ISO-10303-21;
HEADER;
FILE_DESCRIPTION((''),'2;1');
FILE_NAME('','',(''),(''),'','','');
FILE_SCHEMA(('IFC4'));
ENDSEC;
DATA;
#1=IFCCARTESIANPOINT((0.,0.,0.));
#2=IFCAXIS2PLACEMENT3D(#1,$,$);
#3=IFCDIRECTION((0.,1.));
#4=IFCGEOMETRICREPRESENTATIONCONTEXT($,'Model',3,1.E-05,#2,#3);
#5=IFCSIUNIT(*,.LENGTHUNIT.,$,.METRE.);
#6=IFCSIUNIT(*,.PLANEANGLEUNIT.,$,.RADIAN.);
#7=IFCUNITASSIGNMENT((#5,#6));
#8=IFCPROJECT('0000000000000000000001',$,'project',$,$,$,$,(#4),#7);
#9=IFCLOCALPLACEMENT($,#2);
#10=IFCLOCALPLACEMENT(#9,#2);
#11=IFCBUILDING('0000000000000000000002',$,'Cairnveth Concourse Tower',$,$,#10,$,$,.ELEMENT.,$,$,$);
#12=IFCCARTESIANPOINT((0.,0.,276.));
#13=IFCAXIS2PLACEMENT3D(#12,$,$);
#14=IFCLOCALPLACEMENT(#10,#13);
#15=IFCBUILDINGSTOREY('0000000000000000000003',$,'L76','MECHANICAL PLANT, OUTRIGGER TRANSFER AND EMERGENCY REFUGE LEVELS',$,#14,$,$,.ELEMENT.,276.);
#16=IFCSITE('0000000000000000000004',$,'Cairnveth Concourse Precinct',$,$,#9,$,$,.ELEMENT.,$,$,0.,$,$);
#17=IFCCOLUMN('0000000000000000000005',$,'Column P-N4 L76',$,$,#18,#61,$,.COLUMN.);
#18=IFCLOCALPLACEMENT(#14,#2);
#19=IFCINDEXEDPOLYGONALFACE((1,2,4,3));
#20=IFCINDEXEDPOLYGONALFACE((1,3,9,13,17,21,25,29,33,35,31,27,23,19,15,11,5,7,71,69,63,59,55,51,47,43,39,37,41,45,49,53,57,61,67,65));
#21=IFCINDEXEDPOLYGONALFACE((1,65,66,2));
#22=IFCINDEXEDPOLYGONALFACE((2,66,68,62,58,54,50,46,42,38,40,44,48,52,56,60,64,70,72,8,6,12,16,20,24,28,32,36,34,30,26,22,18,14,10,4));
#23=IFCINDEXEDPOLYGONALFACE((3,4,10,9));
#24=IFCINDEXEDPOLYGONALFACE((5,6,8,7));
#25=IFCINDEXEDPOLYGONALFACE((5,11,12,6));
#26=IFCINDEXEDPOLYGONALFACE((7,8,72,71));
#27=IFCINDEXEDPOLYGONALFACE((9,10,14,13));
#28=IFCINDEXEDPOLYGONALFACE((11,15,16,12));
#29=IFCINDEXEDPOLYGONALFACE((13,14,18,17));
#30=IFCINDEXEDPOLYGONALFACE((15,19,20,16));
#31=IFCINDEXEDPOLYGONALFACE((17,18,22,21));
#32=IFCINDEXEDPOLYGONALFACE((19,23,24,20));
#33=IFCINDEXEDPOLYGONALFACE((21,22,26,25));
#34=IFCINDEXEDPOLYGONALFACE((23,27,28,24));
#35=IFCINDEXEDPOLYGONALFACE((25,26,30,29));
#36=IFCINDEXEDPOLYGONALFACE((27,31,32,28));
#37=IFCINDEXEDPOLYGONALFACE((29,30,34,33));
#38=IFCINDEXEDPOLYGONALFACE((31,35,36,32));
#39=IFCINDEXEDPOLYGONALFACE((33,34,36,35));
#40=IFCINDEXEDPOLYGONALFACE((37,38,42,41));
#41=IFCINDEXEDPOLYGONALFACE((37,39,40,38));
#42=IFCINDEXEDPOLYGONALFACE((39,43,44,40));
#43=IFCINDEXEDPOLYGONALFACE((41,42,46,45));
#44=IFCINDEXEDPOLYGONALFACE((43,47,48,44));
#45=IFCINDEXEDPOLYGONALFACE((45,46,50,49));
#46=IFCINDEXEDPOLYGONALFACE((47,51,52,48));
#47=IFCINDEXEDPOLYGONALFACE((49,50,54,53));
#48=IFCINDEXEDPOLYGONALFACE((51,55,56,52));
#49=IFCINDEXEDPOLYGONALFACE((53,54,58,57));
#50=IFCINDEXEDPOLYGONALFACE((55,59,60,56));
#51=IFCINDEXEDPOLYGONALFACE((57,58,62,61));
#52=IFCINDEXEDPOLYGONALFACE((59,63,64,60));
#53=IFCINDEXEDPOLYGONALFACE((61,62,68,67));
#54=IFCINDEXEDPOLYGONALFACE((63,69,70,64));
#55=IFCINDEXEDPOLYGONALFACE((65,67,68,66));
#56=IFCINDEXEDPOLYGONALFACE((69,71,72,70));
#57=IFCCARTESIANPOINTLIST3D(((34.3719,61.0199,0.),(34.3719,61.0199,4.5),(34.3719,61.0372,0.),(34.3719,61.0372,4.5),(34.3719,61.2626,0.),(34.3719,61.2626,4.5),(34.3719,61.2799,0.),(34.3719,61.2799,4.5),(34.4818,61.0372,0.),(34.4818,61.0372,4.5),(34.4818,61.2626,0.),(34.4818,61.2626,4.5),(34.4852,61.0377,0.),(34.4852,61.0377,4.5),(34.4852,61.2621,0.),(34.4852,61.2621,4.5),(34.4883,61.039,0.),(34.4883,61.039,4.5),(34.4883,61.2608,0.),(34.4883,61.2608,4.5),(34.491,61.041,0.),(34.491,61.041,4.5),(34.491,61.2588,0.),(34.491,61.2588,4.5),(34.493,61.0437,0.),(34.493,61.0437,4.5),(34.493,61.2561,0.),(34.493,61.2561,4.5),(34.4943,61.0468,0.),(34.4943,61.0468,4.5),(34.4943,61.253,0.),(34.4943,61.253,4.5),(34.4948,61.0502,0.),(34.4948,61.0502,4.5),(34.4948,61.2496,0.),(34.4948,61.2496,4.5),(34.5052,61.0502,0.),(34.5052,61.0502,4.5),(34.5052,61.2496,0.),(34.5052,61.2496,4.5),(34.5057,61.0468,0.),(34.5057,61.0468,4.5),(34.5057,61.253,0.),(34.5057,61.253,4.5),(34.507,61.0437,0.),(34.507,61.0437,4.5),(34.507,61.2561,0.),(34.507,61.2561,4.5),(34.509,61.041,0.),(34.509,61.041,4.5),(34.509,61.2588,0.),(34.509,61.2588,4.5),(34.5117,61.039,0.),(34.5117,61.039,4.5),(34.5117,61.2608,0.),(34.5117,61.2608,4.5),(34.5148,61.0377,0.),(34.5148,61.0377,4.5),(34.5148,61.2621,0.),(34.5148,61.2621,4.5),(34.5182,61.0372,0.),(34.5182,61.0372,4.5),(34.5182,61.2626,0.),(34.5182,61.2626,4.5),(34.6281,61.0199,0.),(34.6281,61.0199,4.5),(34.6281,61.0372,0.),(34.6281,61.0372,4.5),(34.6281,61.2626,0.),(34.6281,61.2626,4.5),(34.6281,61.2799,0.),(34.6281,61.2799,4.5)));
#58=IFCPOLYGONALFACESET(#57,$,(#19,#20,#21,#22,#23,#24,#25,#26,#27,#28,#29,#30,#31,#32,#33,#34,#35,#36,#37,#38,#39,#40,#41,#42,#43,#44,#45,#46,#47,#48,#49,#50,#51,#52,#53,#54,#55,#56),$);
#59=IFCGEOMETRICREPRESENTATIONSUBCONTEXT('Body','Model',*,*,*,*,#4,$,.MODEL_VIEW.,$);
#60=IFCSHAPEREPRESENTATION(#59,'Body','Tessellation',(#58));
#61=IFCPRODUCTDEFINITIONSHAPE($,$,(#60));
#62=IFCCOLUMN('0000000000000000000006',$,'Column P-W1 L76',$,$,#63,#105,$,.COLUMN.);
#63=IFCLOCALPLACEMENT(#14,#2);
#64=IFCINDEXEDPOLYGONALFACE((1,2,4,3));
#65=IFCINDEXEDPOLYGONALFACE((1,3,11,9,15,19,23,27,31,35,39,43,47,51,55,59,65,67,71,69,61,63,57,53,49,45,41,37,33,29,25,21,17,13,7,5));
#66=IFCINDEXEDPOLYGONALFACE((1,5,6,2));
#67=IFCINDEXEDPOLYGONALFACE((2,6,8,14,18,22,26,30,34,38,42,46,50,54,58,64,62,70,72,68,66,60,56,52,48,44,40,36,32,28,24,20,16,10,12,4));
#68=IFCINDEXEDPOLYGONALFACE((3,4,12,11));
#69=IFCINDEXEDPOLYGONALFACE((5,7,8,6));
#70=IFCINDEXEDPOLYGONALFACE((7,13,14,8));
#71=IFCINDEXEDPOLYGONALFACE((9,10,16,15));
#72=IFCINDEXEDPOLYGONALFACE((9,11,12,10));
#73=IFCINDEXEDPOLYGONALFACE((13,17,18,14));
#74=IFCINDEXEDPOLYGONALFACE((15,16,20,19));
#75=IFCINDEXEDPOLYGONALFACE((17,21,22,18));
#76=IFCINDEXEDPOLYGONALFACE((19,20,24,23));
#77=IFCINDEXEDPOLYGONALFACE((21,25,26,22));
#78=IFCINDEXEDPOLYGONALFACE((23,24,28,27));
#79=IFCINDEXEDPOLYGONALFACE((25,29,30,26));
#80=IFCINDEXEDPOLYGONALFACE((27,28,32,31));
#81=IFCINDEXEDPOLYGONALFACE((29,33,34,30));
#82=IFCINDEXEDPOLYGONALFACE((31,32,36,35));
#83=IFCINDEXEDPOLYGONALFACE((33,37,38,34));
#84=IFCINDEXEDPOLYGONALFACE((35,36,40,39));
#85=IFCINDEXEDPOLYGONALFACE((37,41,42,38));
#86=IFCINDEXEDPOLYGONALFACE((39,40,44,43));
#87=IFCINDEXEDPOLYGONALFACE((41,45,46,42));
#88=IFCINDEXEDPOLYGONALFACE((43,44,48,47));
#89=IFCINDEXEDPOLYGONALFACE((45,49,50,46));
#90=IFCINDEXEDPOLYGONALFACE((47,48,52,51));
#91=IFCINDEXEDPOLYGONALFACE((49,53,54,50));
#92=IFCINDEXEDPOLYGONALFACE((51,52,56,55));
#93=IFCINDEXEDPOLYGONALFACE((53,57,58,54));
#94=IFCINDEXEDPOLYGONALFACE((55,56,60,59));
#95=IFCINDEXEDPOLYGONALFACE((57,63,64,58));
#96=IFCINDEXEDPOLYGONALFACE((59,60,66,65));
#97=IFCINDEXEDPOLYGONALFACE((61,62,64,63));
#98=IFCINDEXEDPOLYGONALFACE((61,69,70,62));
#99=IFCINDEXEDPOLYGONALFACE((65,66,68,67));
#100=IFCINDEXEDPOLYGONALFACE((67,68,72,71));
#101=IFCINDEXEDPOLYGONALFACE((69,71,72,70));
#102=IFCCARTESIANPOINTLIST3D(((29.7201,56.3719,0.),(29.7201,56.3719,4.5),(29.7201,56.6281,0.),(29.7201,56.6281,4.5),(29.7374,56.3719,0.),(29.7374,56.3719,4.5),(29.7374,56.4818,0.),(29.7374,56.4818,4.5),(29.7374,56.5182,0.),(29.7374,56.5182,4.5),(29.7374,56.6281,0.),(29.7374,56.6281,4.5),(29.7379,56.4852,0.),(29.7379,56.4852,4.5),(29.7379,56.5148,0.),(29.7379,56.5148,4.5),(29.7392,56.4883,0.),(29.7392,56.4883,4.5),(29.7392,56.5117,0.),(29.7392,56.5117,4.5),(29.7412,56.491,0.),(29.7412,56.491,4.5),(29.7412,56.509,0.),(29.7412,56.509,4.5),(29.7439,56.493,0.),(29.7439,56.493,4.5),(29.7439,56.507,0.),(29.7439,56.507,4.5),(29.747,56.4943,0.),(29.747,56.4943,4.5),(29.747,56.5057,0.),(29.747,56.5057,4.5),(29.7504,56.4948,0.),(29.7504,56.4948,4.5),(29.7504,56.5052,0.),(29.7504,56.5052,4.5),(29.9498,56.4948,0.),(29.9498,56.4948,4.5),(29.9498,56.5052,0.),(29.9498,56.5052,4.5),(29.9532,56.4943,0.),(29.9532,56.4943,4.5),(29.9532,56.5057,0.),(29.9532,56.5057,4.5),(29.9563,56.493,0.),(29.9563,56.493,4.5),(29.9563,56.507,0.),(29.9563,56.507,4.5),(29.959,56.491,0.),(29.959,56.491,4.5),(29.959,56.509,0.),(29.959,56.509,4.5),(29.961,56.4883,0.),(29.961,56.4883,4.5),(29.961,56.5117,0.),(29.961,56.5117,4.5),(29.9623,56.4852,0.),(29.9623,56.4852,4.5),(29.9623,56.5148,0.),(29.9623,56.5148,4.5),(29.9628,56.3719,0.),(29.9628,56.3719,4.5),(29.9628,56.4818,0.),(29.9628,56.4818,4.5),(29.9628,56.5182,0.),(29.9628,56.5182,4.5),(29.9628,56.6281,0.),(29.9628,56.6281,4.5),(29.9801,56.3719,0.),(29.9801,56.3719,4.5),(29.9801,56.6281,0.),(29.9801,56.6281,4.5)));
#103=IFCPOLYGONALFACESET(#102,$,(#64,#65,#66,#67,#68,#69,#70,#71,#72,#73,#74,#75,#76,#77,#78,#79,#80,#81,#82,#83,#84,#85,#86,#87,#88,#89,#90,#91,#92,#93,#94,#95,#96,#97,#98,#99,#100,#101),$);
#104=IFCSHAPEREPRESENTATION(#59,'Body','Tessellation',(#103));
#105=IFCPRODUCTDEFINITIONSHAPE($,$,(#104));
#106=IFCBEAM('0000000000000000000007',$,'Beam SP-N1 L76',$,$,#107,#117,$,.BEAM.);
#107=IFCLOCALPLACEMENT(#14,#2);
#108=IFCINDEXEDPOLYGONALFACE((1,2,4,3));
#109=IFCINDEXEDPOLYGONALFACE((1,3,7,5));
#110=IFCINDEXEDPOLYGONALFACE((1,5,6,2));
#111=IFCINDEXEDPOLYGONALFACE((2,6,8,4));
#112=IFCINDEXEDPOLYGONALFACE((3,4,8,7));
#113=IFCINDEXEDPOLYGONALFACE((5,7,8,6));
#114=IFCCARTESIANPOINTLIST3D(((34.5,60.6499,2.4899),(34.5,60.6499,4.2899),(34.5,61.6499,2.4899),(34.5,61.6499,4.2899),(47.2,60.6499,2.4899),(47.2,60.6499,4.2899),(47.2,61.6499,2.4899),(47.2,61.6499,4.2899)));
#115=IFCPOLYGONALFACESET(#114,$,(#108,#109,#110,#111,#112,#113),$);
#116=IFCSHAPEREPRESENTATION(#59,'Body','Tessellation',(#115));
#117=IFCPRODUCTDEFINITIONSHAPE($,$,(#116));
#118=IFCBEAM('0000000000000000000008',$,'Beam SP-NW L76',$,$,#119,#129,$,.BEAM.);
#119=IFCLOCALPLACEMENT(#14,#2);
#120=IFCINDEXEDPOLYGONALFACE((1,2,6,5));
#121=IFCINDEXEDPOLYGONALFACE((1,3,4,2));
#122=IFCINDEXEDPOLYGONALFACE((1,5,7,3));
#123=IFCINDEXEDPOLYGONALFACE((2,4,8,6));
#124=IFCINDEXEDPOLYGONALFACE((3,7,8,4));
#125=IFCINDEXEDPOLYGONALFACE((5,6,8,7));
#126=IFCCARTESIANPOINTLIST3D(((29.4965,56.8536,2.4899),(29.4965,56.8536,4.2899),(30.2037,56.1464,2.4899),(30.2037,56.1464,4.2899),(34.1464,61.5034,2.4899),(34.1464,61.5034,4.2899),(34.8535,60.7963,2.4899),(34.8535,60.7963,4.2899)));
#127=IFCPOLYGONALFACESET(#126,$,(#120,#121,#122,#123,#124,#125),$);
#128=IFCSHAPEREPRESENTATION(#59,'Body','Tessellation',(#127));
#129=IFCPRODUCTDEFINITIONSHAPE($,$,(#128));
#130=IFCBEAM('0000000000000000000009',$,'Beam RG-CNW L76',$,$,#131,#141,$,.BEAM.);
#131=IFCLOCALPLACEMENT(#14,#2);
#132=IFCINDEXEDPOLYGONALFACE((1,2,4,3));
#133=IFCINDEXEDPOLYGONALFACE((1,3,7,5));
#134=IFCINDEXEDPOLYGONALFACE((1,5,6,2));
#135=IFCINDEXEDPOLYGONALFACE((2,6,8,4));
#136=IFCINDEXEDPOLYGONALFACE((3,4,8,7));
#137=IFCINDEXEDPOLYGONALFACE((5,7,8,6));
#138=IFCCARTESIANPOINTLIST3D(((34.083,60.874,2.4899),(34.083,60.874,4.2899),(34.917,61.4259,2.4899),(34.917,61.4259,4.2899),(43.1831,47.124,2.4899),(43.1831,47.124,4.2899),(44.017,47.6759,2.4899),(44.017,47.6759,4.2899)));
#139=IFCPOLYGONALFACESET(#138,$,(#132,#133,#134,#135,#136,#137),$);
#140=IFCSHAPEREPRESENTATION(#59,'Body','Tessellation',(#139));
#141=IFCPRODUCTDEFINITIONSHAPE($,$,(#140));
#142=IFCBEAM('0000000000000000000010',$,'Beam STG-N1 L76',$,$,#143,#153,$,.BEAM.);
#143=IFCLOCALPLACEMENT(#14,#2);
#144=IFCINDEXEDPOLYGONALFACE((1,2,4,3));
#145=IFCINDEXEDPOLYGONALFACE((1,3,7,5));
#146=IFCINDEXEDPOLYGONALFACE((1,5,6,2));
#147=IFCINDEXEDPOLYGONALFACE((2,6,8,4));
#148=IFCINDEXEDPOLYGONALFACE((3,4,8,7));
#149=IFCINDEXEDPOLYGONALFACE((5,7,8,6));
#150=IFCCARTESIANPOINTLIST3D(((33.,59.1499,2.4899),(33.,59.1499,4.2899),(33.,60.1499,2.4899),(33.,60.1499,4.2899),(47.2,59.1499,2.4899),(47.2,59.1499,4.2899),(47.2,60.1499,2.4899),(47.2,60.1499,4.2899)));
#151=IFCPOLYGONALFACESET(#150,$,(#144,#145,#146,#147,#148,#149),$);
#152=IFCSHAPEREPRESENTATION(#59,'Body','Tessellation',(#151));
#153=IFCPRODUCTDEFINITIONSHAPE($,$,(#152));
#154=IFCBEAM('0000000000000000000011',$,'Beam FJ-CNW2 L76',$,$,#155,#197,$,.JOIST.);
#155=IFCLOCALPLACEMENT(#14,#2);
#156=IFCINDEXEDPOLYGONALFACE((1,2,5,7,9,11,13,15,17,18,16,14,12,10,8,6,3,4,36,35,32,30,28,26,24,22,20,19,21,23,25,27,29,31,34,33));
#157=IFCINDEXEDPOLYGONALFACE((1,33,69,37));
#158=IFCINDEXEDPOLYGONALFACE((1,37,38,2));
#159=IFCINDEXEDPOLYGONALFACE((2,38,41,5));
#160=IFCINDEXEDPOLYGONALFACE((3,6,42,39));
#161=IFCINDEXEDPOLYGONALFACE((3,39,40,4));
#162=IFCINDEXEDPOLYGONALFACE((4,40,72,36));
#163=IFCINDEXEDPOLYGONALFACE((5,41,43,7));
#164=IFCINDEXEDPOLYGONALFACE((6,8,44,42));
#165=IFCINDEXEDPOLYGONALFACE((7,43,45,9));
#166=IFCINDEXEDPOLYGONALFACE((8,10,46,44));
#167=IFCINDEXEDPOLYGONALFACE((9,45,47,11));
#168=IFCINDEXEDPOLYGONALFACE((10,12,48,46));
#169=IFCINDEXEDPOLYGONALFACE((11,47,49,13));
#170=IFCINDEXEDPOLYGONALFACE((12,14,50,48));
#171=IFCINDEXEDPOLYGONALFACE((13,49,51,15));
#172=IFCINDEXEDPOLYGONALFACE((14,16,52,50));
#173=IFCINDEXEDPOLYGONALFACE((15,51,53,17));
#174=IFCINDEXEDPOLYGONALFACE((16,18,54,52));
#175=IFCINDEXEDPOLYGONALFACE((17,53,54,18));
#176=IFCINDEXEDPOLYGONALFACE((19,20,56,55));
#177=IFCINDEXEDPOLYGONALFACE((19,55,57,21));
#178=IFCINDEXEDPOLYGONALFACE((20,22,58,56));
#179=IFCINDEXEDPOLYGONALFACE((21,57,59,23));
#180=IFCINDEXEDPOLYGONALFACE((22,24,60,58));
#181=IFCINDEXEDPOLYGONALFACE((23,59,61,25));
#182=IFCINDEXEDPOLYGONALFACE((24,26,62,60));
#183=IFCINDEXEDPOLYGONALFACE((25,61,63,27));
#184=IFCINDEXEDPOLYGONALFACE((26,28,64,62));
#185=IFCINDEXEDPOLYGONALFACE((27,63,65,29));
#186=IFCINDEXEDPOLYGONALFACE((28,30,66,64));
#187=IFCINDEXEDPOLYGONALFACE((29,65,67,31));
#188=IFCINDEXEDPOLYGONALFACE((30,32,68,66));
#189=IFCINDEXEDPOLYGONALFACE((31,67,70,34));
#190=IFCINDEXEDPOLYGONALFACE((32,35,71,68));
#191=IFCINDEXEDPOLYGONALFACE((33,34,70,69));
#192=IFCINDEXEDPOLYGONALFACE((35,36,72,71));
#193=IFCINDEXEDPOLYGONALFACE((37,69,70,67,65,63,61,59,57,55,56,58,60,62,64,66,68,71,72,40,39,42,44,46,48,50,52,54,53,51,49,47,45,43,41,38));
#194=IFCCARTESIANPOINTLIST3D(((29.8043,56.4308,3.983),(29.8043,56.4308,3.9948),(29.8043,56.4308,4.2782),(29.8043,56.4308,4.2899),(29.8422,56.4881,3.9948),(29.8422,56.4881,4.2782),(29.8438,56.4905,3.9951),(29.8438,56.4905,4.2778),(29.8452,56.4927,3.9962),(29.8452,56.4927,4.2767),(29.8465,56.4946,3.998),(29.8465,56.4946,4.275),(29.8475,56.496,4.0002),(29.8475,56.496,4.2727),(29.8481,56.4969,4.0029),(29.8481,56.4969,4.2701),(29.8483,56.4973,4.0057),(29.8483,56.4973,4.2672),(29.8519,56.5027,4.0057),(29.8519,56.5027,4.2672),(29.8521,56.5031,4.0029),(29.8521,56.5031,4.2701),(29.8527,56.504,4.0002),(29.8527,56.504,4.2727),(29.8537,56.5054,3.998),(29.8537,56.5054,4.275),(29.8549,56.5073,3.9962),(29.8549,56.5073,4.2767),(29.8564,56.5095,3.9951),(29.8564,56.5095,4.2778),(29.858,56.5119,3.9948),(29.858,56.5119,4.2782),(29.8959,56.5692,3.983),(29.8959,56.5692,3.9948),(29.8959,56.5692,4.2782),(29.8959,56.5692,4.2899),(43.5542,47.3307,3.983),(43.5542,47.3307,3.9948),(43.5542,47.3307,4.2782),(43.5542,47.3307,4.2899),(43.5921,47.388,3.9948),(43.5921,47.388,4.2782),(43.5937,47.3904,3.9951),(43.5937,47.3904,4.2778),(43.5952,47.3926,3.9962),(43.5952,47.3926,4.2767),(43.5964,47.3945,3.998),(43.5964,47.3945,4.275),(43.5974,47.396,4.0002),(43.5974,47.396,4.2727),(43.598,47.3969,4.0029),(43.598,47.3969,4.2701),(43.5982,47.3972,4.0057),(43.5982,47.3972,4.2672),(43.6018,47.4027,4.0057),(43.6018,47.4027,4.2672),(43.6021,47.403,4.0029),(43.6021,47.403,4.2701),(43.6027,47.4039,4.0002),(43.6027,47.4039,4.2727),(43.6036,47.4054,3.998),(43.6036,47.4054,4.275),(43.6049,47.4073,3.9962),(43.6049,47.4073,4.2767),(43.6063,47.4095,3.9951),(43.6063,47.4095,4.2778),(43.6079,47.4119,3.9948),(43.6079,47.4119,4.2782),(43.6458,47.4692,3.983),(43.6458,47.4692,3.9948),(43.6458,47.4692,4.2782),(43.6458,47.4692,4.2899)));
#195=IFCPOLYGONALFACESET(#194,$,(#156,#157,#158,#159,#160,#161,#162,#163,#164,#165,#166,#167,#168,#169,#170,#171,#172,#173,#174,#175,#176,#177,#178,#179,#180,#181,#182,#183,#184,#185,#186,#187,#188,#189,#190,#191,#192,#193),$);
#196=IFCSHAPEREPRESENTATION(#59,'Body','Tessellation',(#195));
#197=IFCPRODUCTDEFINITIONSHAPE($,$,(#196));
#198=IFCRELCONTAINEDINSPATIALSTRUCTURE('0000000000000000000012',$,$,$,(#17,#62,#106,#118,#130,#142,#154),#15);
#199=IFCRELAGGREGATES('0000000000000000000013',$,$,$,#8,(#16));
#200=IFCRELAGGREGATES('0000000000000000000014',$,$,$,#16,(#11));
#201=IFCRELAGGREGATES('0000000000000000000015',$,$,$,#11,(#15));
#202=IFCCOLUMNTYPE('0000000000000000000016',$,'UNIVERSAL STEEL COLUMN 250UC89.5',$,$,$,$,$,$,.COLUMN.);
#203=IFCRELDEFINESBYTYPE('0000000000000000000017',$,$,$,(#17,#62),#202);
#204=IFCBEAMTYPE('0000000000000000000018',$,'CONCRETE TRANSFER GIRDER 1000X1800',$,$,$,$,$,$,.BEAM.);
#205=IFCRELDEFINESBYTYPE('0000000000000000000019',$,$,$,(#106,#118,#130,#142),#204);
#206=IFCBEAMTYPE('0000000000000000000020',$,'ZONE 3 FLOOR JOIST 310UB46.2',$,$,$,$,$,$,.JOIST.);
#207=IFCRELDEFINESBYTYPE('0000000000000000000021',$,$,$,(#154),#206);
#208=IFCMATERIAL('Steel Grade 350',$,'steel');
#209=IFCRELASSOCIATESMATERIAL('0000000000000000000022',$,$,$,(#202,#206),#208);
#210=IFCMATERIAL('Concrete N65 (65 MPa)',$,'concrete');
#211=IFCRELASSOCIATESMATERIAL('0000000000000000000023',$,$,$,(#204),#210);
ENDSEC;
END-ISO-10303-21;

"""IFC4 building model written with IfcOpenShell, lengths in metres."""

from ifc_helpers import new_model, si_unit, direction, frame, origin, origin_2d, place, context, subcontext, project, spatial, rectangle, i_section, extrude, material, material_profile, profile_set, type_object, element, save


model = new_model("IFC4")

# Units and contexts
model_context = context("Model", 3, precision=1e-05, world=origin(), true_north=direction((0.0, 1.0)))
body_context = subcontext(model_context, "Body", "Model", "MODEL_VIEW")
ifc_project = project(units=[si_unit("LENGTHUNIT", "METRE"), si_unit("PLANEANGLEUNIT", "RADIAN")], contexts=[model_context])

# Site, building, storey
site_placement = place(None, origin())
site = spatial("IfcSite", under=ifc_project, at=site_placement, Name="Cairnveth Concourse Precinct", CompositionType="ELEMENT", RefElevation=0.0)
building_placement = place(site_placement, origin())
building = spatial("IfcBuilding", under=site, at=building_placement, Name="Cairnveth Concourse Tower", CompositionType="ELEMENT")
storey_placement = place(building_placement, frame((0.0, 0.0, 276.0)))
storey = spatial("IfcBuildingStorey", under=building, at=storey_placement, Name="L76", Description="MECHANICAL PLANT, OUTRIGGER TRANSFER AND EMERGENCY REFUGE LEVELS", CompositionType="ELEMENT", Elevation=276.0)

# Columns
ifc_material_1 = material(Name="Steel Grade 350", Category="steel")
ifc_material_profile_1 = material_profile(ifc_material_1, i_section(OverallWidth=0.2561, OverallDepth=0.26, WebThickness=0.0105, FlangeThickness=0.0173, FilletRadius=0.0129, at=origin_2d()), Name="250UC89.5")
ifc_profile_set_1 = profile_set([ifc_material_profile_1], Name="Steel Grade 350")
column_type = type_object("IfcColumnType", Name="UNIVERSAL STEEL COLUMN 250UC89.5", PredefinedType="COLUMN", material=ifc_profile_set_1)
for number, where, z_axis, x_axis, name in (
    (1, (34.5, 61.1499, 0.0), (0.0, 0.0, 1.0), (1.0, 0.0, 0.0), "Column P-N4 L76"),
    (2, (29.8501, 56.5, 0.0), (0.0, 0.0, 1.0), (0.0, 1.0, 0.0), "Column P-W1 L76"),
):
    element("IfcColumn", number, at=place(storey_placement, frame(where, z_axis=z_axis, x_axis=x_axis)), inside=storey, type_object=column_type, Name=name, PredefinedType="COLUMN", context=body_context, shape_type="SweptSolid", body=[
        extrude(i_section(OverallWidth=0.2561, OverallDepth=0.26, WebThickness=0.0105, FlangeThickness=0.0173, FilletRadius=0.0129, at=origin_2d()), origin(), (0.0, 0.0, 1.0), 4.5),
    ])

# Beams
ifc_material_2 = material(Name="Concrete N65 (65 MPa)", Category="concrete")
ifc_material_profile_2 = material_profile(ifc_material_2, rectangle(XDim=1.0, YDim=1.8, at=origin_2d()), Name="RC-TB-1000x1800")
ifc_profile_set_2 = profile_set([ifc_material_profile_2], Name="Concrete N65 (65 MPa)")
beam_type_1 = type_object("IfcBeamType", Name="CONCRETE TRANSFER GIRDER 1000X1800", PredefinedType="BEAM", material=ifc_profile_set_2)
beam_1_placement = place(storey_placement, frame((34.5, 61.1499, 3.3899), z_axis=(1.0, 0.0, 0.0), x_axis=(0.0, 1.0, 0.0)))
element("IfcBeam", 3, at=beam_1_placement, inside=storey, type_object=beam_type_1, Name="Beam SP-N1 L76", PredefinedType="BEAM", context=body_context, shape_type="SweptSolid", body=[
    extrude(rectangle(XDim=1.0, YDim=1.8, at=origin_2d()), origin(), (0.0, 0.0, 1.0), 12.7),
])
beam_2_placement = place(storey_placement, frame((29.8501, 56.5, 3.3899), z_axis=(0.707107, 0.707107, 0.0), x_axis=(-0.707107, 0.707107, 0.0)))
element("IfcBeam", 4, at=beam_2_placement, inside=storey, type_object=beam_type_1, Name="Beam SP-NW L76", PredefinedType="BEAM", context=body_context, shape_type="SweptSolid", body=[
    extrude(rectangle(XDim=1.0, YDim=1.8, at=origin_2d()), origin(), (0.0, 0.0, 1.0), 6.5759),
])
beam_3_placement = place(storey_placement, frame((34.5, 61.1499, 3.3899), z_axis=(0.551902, -0.833909, 0.0), x_axis=(0.833909, 0.551902, 0.0)))
element("IfcBeam", 5, at=beam_3_placement, inside=storey, type_object=beam_type_1, Name="Beam RG-CNW L76", PredefinedType="BEAM", context=body_context, shape_type="SweptSolid", body=[
    extrude(rectangle(XDim=1.0, YDim=1.8, at=origin_2d()), origin(), (0.0, 0.0, 1.0), 16.4885),
])
beam_4_placement = place(storey_placement, frame((33.0, 59.6499, 3.3899), z_axis=(1.0, 0.0, 0.0), x_axis=(0.0, 1.0, 0.0)))
element("IfcBeam", 6, at=beam_4_placement, inside=storey, type_object=beam_type_1, Name="Beam STG-N1 L76", PredefinedType="BEAM", context=body_context, shape_type="SweptSolid", body=[
    extrude(rectangle(XDim=1.0, YDim=1.8, at=origin_2d()), origin(), (0.0, 0.0, 1.0), 14.2),
])
ifc_material_profile_3 = material_profile(ifc_material_1, i_section(OverallWidth=0.166, OverallDepth=0.3069, WebThickness=0.0066, FlangeThickness=0.0117, FilletRadius=0.011, at=origin_2d()), Name="310UB46.2")
ifc_profile_set_3 = profile_set([ifc_material_profile_3], Name="Steel Grade 350")
beam_type_2 = type_object("IfcBeamType", Name="ZONE 3 FLOOR JOIST 310UB46.2", PredefinedType="JOIST", material=ifc_profile_set_3)
beam_5_placement = place(storey_placement, frame((29.8501, 56.5, 4.1365), z_axis=(0.833909, -0.551902, 0.0), x_axis=(0.551902, 0.833909, 0.0)))
element("IfcBeam", 7, at=beam_5_placement, inside=storey, type_object=beam_type_2, Name="Beam FJ-CNW2 L76", PredefinedType="JOIST", context=body_context, shape_type="SweptSolid", body=[
    extrude(i_section(OverallWidth=0.166, OverallDepth=0.3069, WebThickness=0.0066, FlangeThickness=0.0117, FilletRadius=0.011, at=origin_2d()), origin(), (0.0, 0.0, 1.0), 16.4885),
])

save(model, "model.ifc")
